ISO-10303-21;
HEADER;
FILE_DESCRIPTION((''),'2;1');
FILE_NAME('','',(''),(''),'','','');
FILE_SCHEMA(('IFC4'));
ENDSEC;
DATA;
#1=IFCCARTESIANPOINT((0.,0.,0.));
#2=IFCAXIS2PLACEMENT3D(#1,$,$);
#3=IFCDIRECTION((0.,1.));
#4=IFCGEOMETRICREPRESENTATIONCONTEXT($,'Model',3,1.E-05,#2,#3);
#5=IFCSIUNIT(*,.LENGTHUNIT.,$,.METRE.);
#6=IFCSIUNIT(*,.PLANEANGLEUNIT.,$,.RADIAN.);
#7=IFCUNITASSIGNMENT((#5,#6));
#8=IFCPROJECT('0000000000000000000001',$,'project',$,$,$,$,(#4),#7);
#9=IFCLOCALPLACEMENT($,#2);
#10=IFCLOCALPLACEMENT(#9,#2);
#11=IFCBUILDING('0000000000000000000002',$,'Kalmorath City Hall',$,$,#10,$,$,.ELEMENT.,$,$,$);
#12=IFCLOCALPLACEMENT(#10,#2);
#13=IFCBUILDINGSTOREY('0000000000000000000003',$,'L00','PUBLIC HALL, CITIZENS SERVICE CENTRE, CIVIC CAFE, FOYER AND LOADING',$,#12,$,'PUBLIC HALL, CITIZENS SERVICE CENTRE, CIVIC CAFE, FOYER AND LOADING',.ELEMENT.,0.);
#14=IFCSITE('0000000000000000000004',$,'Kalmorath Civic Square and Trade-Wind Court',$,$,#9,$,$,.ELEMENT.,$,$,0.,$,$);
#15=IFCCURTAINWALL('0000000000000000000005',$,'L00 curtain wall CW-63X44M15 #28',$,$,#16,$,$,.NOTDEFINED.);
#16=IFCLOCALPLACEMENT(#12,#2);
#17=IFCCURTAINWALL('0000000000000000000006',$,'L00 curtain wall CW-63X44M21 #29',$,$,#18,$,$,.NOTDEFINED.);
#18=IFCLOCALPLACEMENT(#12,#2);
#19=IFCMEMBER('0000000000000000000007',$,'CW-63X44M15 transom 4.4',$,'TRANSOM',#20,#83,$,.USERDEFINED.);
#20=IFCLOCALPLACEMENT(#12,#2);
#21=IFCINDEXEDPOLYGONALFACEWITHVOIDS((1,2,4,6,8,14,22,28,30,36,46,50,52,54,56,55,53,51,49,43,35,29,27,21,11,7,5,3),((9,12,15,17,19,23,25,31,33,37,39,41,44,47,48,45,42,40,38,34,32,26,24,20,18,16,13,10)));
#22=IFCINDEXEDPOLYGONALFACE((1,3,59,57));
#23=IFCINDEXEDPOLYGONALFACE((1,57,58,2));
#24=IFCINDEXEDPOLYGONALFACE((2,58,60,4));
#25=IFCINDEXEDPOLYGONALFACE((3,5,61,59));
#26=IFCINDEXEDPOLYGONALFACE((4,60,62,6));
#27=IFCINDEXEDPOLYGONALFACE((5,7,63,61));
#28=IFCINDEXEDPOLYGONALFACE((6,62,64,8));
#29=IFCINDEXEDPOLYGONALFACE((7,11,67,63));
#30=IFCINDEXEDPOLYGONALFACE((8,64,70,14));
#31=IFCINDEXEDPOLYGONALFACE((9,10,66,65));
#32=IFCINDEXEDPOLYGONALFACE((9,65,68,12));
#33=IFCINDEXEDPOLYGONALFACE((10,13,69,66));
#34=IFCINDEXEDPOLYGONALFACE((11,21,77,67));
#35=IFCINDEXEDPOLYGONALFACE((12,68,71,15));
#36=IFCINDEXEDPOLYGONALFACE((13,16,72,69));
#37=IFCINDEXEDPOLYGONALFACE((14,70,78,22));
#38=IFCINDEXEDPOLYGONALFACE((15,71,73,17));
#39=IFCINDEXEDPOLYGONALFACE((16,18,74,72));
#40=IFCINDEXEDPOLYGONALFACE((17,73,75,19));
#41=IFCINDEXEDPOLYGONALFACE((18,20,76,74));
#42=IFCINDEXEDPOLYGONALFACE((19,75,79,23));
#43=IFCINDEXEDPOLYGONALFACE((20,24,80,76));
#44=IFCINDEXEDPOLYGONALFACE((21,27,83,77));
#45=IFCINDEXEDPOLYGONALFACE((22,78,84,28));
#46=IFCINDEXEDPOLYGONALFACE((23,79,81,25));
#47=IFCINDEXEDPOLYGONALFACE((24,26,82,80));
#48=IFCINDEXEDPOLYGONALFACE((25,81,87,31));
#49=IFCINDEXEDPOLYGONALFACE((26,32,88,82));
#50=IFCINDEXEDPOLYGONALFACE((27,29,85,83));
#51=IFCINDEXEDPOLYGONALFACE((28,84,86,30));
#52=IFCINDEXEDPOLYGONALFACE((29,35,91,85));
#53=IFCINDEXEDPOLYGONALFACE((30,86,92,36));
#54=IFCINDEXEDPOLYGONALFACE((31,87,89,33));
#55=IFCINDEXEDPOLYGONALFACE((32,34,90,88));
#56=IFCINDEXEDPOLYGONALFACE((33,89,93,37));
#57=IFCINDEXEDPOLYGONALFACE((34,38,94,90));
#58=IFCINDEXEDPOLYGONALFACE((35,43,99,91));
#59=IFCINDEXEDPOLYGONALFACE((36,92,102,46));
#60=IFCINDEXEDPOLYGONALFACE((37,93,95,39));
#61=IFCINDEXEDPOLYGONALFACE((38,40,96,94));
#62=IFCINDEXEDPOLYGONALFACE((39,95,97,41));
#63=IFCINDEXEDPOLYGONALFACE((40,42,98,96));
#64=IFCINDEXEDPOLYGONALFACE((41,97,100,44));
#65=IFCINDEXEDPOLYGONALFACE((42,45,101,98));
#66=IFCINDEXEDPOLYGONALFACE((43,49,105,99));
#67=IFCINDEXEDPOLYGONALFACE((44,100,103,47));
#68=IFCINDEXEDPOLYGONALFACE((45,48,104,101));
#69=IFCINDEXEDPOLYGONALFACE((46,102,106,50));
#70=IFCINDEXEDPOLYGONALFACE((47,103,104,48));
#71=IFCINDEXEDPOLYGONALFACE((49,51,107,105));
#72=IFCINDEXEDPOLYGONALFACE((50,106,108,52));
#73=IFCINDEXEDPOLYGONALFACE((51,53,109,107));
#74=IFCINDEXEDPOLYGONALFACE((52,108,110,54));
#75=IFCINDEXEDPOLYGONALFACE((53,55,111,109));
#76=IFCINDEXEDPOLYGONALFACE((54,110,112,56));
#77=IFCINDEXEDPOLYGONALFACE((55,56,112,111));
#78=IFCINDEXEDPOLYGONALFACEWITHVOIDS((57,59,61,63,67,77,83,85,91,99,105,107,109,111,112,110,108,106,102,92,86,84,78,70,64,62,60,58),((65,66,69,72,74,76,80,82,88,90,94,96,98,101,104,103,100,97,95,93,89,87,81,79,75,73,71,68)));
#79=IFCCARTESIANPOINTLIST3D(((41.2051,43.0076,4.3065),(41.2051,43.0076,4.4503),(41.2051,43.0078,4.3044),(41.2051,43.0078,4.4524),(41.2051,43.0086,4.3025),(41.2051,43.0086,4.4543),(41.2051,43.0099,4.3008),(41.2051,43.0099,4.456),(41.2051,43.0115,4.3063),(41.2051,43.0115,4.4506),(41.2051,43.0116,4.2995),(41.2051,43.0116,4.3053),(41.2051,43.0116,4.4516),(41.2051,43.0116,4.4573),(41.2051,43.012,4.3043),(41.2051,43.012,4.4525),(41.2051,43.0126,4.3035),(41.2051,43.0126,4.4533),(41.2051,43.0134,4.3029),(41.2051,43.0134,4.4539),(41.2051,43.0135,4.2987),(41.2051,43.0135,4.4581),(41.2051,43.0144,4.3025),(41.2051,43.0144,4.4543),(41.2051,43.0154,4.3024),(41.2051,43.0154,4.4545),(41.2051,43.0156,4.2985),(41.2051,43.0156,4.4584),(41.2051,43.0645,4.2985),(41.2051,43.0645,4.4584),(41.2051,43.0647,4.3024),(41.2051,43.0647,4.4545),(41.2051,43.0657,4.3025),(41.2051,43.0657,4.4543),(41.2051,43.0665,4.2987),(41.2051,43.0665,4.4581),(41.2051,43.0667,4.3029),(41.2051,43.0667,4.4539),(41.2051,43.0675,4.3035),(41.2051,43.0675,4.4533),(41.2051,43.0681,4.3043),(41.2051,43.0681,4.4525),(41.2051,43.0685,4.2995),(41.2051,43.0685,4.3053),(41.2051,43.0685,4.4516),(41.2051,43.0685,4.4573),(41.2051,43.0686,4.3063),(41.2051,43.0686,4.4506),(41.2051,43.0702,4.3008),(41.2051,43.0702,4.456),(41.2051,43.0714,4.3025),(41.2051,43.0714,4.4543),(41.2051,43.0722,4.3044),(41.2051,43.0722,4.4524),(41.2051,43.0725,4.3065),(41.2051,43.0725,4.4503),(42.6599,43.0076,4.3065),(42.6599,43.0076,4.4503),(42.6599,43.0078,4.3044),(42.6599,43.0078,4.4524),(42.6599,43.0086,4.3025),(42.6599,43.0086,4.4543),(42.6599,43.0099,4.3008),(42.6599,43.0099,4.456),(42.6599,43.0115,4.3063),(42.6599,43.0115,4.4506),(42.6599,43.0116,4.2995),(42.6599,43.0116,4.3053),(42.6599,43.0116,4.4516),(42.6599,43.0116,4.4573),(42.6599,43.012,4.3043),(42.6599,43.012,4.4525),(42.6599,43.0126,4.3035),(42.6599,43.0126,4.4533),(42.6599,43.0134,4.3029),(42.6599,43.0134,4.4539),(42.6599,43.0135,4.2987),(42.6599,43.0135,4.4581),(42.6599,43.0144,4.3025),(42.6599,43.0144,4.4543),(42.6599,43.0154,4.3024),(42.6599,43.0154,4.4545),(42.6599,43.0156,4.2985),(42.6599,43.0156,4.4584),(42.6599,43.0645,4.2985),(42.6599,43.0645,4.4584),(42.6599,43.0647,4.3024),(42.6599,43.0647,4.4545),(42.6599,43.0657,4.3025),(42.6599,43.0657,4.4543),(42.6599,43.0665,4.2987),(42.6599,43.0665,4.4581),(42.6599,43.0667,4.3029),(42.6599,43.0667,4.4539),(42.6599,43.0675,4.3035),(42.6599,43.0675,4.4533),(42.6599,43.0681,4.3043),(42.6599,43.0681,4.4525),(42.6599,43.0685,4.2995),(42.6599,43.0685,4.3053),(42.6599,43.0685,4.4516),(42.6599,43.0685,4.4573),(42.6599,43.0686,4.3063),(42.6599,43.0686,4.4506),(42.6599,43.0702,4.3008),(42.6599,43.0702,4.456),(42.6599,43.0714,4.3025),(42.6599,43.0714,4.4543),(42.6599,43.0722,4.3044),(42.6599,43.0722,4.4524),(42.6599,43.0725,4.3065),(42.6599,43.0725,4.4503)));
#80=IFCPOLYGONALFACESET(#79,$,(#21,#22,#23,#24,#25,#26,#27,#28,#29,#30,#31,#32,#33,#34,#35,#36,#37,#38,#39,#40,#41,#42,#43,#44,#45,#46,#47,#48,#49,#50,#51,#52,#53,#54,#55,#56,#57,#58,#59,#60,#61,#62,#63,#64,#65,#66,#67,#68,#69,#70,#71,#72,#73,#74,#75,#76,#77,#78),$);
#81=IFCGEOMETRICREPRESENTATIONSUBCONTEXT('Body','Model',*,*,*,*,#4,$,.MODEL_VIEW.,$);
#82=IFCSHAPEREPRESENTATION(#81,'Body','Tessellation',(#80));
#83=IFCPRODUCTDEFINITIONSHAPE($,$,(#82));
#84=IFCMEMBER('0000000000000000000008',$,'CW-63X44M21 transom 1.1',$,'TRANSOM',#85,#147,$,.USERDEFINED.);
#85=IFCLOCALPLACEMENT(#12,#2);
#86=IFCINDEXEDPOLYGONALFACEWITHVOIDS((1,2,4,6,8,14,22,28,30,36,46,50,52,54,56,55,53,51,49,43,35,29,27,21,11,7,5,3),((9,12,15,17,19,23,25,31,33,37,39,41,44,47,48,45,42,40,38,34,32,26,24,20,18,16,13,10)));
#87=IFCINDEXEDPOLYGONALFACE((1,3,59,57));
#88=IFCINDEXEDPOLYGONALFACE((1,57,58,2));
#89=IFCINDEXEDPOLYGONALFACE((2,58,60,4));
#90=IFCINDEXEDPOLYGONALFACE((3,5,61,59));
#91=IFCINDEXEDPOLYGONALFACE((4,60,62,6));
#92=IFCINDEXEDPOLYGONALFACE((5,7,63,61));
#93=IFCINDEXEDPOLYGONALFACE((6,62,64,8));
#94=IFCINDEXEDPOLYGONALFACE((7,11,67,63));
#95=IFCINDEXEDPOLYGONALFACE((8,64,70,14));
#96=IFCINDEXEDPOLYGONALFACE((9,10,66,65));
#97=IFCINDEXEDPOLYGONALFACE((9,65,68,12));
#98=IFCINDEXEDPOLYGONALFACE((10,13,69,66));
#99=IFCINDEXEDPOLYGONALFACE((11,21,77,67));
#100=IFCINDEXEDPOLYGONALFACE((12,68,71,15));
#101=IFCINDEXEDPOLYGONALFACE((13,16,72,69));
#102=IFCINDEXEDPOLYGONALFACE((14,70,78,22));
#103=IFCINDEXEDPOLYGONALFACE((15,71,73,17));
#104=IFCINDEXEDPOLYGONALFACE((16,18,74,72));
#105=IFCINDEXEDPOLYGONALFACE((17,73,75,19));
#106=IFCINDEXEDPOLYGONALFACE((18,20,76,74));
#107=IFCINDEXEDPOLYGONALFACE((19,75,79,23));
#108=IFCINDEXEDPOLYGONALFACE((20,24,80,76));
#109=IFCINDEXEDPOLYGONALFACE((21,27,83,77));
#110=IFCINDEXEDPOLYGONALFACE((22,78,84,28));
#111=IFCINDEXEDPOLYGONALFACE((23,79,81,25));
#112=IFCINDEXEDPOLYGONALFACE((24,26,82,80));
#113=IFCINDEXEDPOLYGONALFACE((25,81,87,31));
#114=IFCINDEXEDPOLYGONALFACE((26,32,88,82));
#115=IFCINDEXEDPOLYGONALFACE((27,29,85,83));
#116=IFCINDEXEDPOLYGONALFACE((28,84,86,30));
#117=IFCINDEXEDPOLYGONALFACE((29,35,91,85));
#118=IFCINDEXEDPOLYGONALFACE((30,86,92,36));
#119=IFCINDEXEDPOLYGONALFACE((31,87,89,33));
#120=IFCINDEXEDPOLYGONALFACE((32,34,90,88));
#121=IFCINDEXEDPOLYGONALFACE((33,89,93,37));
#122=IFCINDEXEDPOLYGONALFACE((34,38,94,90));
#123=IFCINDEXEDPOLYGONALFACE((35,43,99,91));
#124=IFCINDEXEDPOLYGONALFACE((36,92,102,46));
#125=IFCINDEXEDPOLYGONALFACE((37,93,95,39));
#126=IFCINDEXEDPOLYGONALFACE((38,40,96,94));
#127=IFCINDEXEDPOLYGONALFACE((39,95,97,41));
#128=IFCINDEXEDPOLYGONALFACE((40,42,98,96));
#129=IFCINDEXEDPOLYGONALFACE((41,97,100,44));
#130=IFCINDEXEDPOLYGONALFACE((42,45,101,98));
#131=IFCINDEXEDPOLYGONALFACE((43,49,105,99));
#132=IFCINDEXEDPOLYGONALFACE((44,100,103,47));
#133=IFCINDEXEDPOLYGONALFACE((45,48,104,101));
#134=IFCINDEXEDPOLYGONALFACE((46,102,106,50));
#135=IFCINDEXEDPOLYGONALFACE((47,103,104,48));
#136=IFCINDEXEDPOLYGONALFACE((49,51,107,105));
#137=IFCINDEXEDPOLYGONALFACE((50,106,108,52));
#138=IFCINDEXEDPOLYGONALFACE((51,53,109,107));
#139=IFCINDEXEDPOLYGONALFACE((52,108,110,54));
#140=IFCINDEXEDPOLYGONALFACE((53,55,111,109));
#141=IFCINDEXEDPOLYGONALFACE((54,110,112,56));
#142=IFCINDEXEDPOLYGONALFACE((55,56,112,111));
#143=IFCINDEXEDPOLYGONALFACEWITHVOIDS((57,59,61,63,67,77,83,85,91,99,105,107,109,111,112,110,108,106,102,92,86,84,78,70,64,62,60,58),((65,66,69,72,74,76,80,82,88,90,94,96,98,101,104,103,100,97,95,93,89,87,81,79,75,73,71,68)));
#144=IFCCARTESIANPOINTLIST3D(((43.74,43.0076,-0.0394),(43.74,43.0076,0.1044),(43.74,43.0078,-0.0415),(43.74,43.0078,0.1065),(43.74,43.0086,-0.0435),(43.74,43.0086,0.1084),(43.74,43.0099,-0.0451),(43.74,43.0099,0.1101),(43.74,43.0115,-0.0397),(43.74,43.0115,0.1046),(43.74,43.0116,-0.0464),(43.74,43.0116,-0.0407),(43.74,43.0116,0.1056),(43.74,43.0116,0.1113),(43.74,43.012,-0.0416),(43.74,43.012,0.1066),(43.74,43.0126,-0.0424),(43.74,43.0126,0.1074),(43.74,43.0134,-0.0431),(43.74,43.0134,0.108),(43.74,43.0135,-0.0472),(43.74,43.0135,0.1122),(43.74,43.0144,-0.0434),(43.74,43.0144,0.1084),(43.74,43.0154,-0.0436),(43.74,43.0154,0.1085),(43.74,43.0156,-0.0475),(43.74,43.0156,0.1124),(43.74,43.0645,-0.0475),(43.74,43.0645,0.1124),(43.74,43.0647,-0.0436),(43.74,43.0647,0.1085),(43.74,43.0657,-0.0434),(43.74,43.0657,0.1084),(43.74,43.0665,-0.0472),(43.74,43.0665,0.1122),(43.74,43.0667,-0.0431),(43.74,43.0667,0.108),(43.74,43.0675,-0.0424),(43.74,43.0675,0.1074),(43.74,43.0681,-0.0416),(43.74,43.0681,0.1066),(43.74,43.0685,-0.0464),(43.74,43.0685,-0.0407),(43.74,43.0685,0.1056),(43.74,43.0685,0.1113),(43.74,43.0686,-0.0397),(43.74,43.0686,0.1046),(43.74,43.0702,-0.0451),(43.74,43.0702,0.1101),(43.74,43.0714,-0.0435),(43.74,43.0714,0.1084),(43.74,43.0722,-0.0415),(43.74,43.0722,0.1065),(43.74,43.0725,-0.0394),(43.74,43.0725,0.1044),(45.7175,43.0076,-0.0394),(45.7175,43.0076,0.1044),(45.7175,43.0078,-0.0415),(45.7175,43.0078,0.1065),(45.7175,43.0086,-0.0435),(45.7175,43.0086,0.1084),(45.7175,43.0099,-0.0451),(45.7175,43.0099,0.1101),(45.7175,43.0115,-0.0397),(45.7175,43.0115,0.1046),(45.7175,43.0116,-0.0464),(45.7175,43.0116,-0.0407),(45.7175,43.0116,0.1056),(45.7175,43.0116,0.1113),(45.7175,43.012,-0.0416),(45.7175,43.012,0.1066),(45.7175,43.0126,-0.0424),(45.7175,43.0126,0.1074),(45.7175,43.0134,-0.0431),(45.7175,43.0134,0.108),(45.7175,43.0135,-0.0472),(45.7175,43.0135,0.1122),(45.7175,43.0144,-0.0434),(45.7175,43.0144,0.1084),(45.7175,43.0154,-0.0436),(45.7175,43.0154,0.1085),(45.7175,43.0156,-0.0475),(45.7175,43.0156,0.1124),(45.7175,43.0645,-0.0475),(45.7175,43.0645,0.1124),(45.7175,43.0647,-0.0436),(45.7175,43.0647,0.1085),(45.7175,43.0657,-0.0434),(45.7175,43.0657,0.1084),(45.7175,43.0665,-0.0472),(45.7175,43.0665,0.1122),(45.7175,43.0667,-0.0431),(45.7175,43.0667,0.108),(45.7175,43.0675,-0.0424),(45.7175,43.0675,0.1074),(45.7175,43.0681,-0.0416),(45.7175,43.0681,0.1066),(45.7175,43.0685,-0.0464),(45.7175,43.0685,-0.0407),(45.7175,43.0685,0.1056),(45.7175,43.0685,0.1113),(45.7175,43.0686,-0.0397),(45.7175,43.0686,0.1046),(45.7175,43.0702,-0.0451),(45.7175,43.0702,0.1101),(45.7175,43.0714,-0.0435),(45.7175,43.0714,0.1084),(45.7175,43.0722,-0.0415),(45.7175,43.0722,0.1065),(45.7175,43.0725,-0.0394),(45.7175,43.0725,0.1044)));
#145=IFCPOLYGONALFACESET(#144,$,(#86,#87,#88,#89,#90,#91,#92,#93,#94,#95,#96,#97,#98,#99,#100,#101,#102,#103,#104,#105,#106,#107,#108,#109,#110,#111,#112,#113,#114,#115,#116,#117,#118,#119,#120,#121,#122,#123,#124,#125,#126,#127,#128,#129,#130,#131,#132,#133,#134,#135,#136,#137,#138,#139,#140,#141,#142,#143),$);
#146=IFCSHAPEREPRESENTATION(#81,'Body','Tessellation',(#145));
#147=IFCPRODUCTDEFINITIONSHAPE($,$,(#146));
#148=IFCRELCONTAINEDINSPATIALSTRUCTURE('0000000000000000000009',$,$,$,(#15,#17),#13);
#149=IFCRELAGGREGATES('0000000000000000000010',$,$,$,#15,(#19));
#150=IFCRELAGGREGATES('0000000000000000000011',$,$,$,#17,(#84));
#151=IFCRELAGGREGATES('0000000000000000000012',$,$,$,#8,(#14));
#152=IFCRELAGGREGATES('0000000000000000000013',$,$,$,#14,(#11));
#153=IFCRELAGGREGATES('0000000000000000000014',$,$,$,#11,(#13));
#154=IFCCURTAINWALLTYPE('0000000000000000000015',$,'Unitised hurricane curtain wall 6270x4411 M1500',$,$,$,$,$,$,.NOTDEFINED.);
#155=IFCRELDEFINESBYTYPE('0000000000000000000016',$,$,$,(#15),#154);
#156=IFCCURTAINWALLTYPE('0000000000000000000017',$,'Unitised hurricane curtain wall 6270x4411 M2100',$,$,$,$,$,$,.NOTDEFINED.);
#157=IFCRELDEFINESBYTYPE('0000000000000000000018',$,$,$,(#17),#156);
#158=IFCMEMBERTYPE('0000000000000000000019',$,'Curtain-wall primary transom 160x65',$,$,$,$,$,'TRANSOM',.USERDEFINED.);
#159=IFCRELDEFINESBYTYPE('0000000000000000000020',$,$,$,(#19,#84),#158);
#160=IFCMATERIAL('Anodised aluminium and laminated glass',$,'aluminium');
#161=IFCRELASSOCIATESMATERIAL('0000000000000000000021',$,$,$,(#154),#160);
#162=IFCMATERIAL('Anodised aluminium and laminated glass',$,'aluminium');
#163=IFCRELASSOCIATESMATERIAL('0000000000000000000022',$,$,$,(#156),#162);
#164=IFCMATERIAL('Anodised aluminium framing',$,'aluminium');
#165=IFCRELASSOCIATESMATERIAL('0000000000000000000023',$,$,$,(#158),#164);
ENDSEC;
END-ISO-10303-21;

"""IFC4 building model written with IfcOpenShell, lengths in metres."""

from ifc_helpers import new_model, si_unit, direction, frame, origin, origin_2d, place, context, subcontext, project, spatial, hollow_rectangle, extrude, material, material_profile, profile_set, type_object, element, aggregate, save


model = new_model("IFC4")

# Units and contexts
model_context = context("Model", 3, precision=1e-05, world=origin(), true_north=direction((0.0, 1.0)))
body_context = subcontext(model_context, "Body", "Model", "MODEL_VIEW")
ifc_project = project(units=[si_unit("LENGTHUNIT", "METRE"), si_unit("PLANEANGLEUNIT", "RADIAN")], contexts=[model_context])

# Site, building, storey
site_placement = place(None, origin())
site = spatial("IfcSite", under=ifc_project, at=site_placement, Name="Kalmorath Civic Square and Trade-Wind Court", CompositionType="ELEMENT", RefElevation=0.0)
building_placement = place(site_placement, origin())
building = spatial("IfcBuilding", under=site, at=building_placement, Name="Kalmorath City Hall", CompositionType="ELEMENT")
storey_placement = place(building_placement, origin())
storey = spatial("IfcBuildingStorey", under=building, at=storey_placement, Name="L00", Description="PUBLIC HALL, CITIZENS SERVICE CENTRE, CIVIC CAFE, FOYER AND LOADING", LongName="PUBLIC HALL, CITIZENS SERVICE CENTRE, CIVIC CAFE, FOYER AND LOADING", CompositionType="ELEMENT", Elevation=0.0)

# Curtain wall
ifc_material_1 = material(Name="Anodised aluminium and laminated glass", Category="aluminium")
curtain_wall_type_1 = type_object("IfcCurtainWallType", Name="Unitised hurricane curtain wall 6270x4411 M1500", PredefinedType="NOTDEFINED", material=ifc_material_1)
curtain_wall_1_placement = place(storey_placement, origin())
curtain_wall_1 = element("IfcCurtainWall", 1, at=curtain_wall_1_placement, inside=storey, type_object=curtain_wall_type_1, Name="L00 curtain wall CW-63X44M15 #28", PredefinedType="NOTDEFINED")

# Curtain wall
ifc_material_2 = material(Name="Anodised aluminium and laminated glass", Category="aluminium")
curtain_wall_type_2 = type_object("IfcCurtainWallType", Name="Unitised hurricane curtain wall 6270x4411 M2100", PredefinedType="NOTDEFINED", material=ifc_material_2)
curtain_wall_2_placement = place(storey_placement, origin())
curtain_wall_2 = element("IfcCurtainWall", 2, at=curtain_wall_2_placement, inside=storey, type_object=curtain_wall_type_2, Name="L00 curtain wall CW-63X44M21 #29", PredefinedType="NOTDEFINED")

# Members
ifc_material_3 = material(Name="Anodised aluminium framing", Category="aluminium")
ifc_material_profile_1 = material_profile(ifc_material_3, hollow_rectangle(XDim=0.0649, YDim=0.1599, WallThickness=0.0039, InnerFilletRadius=0.0039, OuterFilletRadius=0.0081, at=origin_2d()), Name="ALU-TRN-160X65X4")
ifc_profile_set_1 = profile_set([ifc_material_profile_1], Name="Anodised aluminium framing")
member_type_1 = type_object("IfcMemberType", Name="Curtain-wall primary transom 160x65", ElementType="TRANSOM", PredefinedType="USERDEFINED", material=ifc_profile_set_1)
member_1_placement = place(storey_placement, frame((41.2051, 43.04, 4.3784), z_axis=(1.0, 0.0, 0.0), x_axis=(0.0, 1.0, 0.0)))
member_1 = element("IfcMember", 3, at=member_1_placement, type_object=member_type_1, Name="CW-63X44M15 transom 4.4", ObjectType="TRANSOM", PredefinedType="USERDEFINED", context=body_context, shape_type="SweptSolid", body=[
    extrude(hollow_rectangle(XDim=0.0649, YDim=0.1599, WallThickness=0.0039, InnerFilletRadius=0.0039, OuterFilletRadius=0.0081, at=origin_2d()), origin(), (0.0, 0.0, 1.0), 1.4548),
])
member_2_placement = place(storey_placement, frame((43.74, 43.04, 0.0325), z_axis=(1.0, 0.0, 0.0), x_axis=(0.0, 1.0, 0.0)))
member_2 = element("IfcMember", 4, at=member_2_placement, type_object=member_type_1, Name="CW-63X44M21 transom 1.1", ObjectType="TRANSOM", PredefinedType="USERDEFINED", context=body_context, shape_type="SweptSolid", body=[
    extrude(hollow_rectangle(XDim=0.0649, YDim=0.1599, WallThickness=0.0039, InnerFilletRadius=0.0039, OuterFilletRadius=0.0081, at=origin_2d()), origin(), (0.0, 0.0, 1.0), 1.9775),
])

aggregate(curtain_wall_1, [member_1])
aggregate(curtain_wall_2, [member_2])

save(model, "model.ifc")
